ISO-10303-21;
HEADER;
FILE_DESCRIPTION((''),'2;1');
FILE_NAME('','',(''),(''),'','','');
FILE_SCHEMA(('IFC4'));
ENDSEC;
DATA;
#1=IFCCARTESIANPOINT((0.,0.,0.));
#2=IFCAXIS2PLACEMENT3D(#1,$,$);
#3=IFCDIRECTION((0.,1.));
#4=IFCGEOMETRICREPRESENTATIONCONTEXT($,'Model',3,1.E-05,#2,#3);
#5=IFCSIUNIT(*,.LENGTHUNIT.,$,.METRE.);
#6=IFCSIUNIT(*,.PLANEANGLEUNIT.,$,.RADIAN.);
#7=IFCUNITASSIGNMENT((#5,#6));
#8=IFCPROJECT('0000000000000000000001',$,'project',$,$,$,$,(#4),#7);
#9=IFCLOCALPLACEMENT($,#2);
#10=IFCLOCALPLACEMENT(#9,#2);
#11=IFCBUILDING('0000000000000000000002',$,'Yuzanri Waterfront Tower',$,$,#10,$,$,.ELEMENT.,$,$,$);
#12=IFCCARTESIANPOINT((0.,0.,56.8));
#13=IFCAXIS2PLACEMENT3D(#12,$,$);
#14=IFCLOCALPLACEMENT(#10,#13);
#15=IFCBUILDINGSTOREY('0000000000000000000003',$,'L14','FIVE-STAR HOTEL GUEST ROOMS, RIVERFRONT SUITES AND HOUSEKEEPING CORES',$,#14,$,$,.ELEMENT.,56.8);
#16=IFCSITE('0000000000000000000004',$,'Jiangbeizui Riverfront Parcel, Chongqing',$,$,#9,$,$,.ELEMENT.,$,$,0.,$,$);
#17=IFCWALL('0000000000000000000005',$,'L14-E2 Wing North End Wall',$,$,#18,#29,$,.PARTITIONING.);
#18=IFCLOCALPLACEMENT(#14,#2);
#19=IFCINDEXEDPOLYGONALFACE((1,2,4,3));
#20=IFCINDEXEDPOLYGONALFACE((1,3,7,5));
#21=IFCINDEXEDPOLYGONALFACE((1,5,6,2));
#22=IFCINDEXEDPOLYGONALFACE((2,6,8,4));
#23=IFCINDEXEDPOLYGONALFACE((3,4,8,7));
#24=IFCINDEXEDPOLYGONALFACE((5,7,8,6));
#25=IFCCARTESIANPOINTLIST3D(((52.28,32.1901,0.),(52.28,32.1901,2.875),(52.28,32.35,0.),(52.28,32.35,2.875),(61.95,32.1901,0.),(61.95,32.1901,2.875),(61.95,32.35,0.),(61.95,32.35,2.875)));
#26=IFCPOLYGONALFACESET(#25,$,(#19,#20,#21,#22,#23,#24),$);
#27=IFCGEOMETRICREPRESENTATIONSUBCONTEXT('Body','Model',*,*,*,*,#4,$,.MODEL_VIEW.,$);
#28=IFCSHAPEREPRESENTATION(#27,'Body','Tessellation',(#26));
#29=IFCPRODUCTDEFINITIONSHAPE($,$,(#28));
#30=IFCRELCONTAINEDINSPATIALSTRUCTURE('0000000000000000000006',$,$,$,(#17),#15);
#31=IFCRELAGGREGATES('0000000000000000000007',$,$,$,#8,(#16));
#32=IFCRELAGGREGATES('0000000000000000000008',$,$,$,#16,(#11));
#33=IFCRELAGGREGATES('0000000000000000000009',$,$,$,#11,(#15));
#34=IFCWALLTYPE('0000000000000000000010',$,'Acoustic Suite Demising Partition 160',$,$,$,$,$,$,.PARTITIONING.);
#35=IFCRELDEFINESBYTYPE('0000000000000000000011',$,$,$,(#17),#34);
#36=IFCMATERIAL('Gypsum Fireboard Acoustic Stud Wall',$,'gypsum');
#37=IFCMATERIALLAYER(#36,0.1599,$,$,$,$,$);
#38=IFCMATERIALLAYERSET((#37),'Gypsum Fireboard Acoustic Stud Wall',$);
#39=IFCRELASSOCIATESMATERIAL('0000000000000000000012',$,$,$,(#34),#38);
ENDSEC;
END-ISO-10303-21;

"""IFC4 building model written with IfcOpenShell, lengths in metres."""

from ifc_helpers import new_model, si_unit, direction, frame, frame_2d, origin, place, context, subcontext, project, spatial, rectangle, extrude, source, transform, mapped, material, layer, layer_set, type_object, element, save


model = new_model("IFC4")

# Units and contexts
model_context = context("Model", 3, precision=1e-05, world=origin(), true_north=direction((0.0, 1.0)))
body_context = subcontext(model_context, "Body", "Model", "MODEL_VIEW")
ifc_project = project(units=[si_unit("LENGTHUNIT", "METRE"), si_unit("PLANEANGLEUNIT", "RADIAN")], contexts=[model_context])

# Site, building, storey
site_placement = place(None, origin())
site = spatial("IfcSite", under=ifc_project, at=site_placement, Name="Jiangbeizui Riverfront Parcel, Chongqing", CompositionType="ELEMENT", RefElevation=0.0)
building_placement = place(site_placement, origin())
building = spatial("IfcBuilding", under=site, at=building_placement, Name="Yuzanri Waterfront Tower", CompositionType="ELEMENT")
storey_placement = place(building_placement, frame((0.0, 0.0, 56.8)))
storey = spatial("IfcBuildingStorey", under=building, at=storey_placement, Name="L14", Description="FIVE-STAR HOTEL GUEST ROOMS, RIVERFRONT SUITES AND HOUSEKEEPING CORES", CompositionType="ELEMENT", Elevation=56.8)

# Wall
ifc_material_1 = material(Name="Gypsum Fireboard Acoustic Stud Wall", Category="gypsum")
ifc_layer_1 = layer(ifc_material_1, 0.1599)
ifc_layer_set_1 = layer_set([ifc_layer_1], Name="Gypsum Fireboard Acoustic Stud Wall")
wall_type_1 = type_object("IfcWallType", Name="Acoustic Suite Demising Partition 160", PredefinedType="PARTITIONING", material=ifc_layer_set_1)
shared_shape_1 = source(origin(), body_context, "Body", "SweptSolid", [
    extrude(rectangle(XDim=9.6699, YDim=0.1599, at=frame_2d((4.835, 0.0))), origin(), (0.0, 0.0, 1.0), 2.875),
])
wall_1_placement = place(storey_placement, frame((52.28, 32.27, 0.0), z_axis=(0.0, 0.0, 1.0), x_axis=(1.0, 0.0, 0.0)))
element("IfcWall", 1, at=wall_1_placement, inside=storey, type_object=wall_type_1, Name="L14-E2 Wing North End Wall", PredefinedType="PARTITIONING", context=body_context, shape_type="MappedRepresentation", body=[
    mapped(shared_shape_1, transform((0.0, 0.0, 0.0), scale=1.0)),
])

save(model, "model.ifc")
